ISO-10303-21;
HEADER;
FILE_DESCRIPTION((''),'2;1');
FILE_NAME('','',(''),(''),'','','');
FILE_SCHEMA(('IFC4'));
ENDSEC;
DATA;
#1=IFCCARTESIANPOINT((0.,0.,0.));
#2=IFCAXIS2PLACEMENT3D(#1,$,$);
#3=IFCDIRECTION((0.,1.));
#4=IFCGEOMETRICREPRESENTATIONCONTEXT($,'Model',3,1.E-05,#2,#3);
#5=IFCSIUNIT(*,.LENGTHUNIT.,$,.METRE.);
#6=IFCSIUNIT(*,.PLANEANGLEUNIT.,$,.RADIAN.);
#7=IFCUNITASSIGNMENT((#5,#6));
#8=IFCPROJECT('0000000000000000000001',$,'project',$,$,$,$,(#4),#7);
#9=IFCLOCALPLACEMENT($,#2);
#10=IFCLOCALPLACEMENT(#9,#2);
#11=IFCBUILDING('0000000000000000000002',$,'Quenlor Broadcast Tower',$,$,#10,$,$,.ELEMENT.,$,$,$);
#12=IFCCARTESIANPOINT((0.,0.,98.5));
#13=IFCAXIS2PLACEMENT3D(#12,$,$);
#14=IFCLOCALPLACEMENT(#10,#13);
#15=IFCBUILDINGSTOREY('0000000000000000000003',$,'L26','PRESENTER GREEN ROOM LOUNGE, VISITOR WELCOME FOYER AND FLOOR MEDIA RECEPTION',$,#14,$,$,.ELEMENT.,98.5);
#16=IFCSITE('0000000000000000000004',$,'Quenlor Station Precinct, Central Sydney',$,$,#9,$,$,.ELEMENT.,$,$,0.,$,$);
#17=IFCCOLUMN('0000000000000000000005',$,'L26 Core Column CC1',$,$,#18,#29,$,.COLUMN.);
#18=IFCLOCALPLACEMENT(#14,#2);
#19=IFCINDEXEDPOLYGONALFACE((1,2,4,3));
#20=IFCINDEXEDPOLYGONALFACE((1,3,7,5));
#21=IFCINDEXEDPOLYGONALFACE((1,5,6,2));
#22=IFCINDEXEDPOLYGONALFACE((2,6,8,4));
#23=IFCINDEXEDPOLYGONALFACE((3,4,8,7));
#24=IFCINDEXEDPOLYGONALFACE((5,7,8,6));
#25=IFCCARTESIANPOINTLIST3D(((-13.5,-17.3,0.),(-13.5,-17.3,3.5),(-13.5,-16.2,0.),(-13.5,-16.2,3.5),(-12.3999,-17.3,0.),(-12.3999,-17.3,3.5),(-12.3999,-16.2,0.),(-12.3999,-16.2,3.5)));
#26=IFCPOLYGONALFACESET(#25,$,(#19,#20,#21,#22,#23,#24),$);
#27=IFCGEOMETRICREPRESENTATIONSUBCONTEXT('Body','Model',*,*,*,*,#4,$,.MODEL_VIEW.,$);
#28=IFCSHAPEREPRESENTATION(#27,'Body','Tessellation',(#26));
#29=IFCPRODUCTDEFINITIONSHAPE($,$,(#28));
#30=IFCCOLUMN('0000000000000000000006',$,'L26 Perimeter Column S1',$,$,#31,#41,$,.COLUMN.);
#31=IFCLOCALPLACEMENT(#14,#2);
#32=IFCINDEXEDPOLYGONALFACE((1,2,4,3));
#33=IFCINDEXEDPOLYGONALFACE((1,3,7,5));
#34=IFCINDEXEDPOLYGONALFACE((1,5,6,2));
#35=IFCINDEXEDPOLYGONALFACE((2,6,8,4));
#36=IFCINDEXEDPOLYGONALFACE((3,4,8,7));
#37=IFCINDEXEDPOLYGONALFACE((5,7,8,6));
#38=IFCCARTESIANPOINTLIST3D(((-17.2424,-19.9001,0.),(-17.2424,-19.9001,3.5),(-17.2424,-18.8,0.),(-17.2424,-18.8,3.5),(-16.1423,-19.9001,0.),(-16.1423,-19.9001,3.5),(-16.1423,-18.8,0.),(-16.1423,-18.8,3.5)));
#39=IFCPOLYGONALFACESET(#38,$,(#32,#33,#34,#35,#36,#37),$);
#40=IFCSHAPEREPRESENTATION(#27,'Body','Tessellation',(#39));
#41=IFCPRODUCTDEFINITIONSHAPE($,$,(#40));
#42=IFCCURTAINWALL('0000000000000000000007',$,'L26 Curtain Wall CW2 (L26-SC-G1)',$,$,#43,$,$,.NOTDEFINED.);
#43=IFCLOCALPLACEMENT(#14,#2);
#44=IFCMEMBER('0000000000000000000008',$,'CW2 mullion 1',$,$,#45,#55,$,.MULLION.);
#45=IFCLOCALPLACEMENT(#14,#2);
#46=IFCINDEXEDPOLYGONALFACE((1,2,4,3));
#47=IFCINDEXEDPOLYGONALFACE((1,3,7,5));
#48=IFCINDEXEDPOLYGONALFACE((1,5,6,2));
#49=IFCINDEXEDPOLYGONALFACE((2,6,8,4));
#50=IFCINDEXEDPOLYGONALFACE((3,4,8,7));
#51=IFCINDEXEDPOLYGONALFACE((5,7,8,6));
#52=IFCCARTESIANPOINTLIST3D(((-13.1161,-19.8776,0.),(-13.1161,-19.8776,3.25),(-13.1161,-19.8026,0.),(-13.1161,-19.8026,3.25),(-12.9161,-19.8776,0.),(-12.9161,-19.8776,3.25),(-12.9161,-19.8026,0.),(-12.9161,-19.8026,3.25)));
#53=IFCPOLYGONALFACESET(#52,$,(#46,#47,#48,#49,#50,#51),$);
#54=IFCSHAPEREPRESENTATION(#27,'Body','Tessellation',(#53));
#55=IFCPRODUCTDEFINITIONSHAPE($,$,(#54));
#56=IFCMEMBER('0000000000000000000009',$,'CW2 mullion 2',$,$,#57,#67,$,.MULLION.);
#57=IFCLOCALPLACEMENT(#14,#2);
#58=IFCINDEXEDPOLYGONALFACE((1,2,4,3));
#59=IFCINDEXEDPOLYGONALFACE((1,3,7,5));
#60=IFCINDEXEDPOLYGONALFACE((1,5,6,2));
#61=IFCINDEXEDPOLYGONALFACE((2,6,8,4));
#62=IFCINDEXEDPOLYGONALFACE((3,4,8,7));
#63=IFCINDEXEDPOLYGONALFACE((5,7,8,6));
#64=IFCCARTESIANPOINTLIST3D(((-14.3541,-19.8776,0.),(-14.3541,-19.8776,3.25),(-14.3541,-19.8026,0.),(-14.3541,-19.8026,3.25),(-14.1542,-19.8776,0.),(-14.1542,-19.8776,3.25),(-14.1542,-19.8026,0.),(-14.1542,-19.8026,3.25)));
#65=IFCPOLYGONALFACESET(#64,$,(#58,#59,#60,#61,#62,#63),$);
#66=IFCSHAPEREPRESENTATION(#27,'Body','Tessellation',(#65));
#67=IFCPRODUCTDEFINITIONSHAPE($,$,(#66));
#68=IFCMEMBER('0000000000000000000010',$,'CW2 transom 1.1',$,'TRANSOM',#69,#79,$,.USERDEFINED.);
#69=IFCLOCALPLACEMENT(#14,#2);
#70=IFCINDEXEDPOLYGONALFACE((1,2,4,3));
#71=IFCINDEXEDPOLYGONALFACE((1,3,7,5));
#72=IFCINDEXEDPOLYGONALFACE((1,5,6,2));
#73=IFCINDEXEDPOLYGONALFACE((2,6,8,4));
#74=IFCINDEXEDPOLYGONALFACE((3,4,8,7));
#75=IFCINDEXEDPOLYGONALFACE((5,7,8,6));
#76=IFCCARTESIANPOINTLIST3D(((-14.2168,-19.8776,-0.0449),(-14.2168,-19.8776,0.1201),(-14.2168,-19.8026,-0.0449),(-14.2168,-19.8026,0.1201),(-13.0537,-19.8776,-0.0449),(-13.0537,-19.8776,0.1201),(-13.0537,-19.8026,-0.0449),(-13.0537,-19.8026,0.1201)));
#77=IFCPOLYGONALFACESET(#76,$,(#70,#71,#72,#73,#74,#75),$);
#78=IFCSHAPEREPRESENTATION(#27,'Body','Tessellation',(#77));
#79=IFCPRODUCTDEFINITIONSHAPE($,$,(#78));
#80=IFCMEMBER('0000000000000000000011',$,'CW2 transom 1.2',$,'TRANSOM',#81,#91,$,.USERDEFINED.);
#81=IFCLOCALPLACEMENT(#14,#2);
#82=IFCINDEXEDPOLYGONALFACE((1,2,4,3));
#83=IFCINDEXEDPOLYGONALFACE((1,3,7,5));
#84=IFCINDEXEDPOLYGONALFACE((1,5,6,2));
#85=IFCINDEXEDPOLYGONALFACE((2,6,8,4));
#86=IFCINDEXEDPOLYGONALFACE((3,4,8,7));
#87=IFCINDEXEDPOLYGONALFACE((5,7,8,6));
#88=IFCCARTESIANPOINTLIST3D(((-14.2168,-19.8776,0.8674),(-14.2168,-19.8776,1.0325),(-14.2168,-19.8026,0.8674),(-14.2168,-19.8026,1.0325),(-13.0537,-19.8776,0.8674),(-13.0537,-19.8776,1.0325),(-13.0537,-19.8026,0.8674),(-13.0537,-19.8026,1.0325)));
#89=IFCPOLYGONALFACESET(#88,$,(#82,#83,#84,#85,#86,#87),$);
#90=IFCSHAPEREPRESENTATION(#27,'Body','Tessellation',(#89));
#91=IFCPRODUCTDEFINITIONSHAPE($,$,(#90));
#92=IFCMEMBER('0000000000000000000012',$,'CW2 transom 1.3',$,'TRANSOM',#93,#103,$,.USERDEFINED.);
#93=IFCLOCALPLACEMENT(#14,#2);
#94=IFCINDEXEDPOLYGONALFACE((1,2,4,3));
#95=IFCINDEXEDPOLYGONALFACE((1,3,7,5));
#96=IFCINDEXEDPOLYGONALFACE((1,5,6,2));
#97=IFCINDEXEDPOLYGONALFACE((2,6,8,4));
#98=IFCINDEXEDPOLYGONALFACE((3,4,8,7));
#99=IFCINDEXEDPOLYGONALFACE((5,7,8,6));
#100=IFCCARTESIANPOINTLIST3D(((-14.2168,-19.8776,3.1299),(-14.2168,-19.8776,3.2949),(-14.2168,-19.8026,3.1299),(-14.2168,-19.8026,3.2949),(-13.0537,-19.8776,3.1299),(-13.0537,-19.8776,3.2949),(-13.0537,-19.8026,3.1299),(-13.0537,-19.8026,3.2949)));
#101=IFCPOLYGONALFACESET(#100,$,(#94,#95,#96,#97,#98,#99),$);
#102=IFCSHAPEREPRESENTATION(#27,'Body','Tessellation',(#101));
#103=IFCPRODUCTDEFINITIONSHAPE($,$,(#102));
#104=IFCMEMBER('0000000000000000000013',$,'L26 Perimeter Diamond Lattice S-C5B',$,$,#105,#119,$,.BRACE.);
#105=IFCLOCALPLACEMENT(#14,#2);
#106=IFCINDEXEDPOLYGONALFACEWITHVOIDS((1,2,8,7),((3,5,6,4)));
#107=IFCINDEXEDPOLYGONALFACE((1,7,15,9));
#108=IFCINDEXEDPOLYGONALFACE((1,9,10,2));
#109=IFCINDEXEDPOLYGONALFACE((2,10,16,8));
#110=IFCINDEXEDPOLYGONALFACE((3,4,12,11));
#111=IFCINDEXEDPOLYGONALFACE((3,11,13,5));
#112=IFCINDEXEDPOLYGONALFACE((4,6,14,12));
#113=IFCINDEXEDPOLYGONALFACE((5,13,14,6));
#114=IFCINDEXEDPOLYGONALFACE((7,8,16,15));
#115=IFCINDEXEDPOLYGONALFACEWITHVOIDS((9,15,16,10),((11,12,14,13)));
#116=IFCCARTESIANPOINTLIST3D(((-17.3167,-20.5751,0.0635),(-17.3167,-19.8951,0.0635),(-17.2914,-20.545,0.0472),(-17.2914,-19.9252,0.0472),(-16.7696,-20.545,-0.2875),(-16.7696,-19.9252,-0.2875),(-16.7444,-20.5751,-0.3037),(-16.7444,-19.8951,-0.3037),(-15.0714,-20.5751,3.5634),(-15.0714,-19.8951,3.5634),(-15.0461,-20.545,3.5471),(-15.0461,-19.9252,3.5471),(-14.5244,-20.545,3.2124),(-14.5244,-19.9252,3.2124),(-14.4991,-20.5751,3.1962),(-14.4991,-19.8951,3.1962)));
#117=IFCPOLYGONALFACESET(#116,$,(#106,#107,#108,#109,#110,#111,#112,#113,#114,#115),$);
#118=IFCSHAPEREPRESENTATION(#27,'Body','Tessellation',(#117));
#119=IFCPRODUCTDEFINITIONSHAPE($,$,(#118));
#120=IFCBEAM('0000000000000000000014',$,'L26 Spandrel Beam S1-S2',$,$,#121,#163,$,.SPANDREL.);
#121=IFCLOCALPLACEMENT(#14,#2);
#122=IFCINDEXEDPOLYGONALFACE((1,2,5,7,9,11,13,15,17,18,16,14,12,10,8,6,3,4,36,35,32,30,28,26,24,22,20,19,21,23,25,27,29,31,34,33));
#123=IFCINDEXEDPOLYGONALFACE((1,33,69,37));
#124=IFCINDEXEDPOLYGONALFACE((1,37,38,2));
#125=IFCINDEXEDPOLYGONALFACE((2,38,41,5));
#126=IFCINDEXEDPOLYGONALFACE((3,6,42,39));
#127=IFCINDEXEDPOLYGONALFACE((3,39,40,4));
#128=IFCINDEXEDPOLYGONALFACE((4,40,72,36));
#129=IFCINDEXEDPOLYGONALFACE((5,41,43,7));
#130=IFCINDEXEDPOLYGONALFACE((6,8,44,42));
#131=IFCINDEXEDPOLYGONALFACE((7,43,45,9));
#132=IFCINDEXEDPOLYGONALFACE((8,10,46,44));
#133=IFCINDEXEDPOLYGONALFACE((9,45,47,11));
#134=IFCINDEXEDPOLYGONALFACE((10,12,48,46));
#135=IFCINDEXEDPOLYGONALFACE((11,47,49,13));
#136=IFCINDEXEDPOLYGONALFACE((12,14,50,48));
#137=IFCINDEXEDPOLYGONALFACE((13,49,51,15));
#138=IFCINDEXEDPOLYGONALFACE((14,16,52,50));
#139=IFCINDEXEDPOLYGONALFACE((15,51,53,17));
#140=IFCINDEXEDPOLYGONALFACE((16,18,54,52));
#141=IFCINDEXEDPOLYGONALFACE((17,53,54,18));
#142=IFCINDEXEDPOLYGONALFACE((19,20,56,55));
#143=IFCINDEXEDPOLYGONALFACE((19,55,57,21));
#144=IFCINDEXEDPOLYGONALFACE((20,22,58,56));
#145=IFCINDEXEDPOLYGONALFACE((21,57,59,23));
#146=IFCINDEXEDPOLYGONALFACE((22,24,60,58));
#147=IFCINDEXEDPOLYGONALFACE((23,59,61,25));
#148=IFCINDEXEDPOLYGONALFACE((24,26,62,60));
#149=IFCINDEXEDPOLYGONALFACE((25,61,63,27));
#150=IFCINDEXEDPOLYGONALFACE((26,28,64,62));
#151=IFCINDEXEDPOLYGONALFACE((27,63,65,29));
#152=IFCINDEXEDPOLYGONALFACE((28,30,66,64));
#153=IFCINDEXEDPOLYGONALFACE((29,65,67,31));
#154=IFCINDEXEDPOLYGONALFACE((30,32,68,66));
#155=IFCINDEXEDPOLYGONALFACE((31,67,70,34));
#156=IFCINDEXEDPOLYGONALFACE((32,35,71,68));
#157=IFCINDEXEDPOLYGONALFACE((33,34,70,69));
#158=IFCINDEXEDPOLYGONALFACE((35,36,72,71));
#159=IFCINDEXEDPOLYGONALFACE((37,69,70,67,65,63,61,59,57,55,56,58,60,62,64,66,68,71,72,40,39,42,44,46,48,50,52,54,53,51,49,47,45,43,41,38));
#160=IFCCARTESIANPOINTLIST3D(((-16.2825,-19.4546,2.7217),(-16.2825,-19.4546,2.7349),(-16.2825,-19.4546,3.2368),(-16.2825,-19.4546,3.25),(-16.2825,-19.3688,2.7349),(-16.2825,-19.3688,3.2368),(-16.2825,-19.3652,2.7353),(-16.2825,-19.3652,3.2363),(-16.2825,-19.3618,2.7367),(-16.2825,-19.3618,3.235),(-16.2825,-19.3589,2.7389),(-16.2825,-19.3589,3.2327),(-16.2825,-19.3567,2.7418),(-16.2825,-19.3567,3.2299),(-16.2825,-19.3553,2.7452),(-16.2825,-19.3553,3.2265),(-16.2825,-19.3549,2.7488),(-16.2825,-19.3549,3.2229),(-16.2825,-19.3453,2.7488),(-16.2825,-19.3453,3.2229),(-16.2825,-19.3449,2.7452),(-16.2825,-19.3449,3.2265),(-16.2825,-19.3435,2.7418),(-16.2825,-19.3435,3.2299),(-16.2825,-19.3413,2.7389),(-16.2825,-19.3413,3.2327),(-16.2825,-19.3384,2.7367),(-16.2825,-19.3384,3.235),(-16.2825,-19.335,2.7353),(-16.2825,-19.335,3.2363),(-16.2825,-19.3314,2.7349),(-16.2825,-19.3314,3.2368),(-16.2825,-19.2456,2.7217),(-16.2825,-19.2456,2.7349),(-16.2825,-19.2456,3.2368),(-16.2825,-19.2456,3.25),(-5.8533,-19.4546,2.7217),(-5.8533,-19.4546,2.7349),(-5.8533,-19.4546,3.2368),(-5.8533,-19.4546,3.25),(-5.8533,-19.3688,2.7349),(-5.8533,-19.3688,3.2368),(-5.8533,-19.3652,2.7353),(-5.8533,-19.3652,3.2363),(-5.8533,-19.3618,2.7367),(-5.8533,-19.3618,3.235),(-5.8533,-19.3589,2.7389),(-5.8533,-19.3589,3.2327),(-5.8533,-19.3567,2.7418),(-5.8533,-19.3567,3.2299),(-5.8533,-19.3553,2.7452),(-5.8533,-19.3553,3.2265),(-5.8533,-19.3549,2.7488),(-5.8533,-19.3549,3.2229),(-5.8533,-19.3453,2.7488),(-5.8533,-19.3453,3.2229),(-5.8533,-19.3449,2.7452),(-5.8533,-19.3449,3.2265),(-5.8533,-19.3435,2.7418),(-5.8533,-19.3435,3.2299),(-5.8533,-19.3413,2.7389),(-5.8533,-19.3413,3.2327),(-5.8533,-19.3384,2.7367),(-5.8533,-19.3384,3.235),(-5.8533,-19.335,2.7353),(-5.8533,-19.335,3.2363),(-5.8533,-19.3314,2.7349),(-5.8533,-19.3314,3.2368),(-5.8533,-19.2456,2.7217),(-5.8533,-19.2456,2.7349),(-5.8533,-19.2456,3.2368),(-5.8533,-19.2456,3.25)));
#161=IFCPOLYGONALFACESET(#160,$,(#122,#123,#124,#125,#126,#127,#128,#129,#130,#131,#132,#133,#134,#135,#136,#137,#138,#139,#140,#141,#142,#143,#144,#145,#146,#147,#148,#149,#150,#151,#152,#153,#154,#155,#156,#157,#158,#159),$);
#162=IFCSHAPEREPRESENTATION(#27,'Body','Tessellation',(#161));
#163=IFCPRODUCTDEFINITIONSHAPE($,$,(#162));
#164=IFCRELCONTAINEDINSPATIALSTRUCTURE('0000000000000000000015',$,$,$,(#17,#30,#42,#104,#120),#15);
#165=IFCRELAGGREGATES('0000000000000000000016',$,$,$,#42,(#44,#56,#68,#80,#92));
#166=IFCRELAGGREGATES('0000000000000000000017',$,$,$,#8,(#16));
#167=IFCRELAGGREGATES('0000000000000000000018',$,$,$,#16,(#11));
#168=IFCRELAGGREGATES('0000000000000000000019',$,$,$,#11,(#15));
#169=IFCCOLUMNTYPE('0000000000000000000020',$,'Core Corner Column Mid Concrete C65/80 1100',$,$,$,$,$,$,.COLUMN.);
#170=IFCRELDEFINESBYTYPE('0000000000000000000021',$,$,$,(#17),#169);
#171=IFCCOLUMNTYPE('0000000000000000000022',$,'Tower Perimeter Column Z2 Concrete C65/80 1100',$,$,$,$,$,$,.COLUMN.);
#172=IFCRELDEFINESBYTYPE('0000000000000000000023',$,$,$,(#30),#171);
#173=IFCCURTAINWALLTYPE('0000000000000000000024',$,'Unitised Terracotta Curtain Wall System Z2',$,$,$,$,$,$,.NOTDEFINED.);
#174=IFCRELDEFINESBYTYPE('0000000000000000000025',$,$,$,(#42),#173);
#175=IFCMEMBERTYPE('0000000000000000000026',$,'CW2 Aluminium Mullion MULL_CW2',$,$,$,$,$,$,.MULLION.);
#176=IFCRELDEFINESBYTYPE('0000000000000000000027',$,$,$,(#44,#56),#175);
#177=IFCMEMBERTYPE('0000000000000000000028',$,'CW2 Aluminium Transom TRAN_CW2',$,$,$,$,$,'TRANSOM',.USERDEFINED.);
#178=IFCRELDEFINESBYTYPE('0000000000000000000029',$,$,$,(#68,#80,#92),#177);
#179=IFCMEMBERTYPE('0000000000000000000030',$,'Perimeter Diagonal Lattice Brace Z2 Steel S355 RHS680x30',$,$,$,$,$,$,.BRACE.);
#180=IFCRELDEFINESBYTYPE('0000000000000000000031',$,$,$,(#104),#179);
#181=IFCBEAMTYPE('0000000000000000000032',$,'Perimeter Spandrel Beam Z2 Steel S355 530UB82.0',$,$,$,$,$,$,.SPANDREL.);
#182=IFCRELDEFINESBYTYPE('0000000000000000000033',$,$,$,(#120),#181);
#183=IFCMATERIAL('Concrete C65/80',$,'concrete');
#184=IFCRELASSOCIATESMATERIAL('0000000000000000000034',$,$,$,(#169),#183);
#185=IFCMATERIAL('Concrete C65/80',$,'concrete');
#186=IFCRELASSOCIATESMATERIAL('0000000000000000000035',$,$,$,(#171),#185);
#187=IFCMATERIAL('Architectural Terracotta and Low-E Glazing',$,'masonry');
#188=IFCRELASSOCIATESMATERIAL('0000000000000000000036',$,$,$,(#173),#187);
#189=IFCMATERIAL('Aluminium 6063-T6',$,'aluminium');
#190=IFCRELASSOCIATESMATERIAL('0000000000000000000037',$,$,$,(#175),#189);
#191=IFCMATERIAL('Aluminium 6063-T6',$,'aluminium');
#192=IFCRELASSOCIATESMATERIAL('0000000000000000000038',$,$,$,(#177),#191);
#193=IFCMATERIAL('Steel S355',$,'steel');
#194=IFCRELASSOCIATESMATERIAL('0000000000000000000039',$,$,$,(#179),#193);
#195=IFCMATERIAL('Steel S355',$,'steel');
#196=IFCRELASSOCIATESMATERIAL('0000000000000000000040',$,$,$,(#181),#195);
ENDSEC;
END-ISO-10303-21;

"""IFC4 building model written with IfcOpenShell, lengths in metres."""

from ifc_helpers import new_model, si_unit, direction, frame, origin, origin_2d, place, context, subcontext, project, spatial, rectangle, hollow_rectangle, i_section, extrude, material, material_profile, profile_set, type_object, element, aggregate, save


model = new_model("IFC4")

# Units and contexts
model_context = context("Model", 3, precision=1e-05, world=origin(), true_north=direction((0.0, 1.0)))
body_context = subcontext(model_context, "Body", "Model", "MODEL_VIEW")
ifc_project = project(units=[si_unit("LENGTHUNIT", "METRE"), si_unit("PLANEANGLEUNIT", "RADIAN")], contexts=[model_context])

# Site, building, storey
site_placement = place(None, origin())
site = spatial("IfcSite", under=ifc_project, at=site_placement, Name="Quenlor Station Precinct, Central Sydney", CompositionType="ELEMENT", RefElevation=0.0)
building_placement = place(site_placement, origin())
building = spatial("IfcBuilding", under=site, at=building_placement, Name="Quenlor Broadcast Tower", CompositionType="ELEMENT")
storey_placement = place(building_placement, frame((0.0, 0.0, 98.5)))
storey = spatial("IfcBuildingStorey", under=building, at=storey_placement, Name="L26", Description="PRESENTER GREEN ROOM LOUNGE, VISITOR WELCOME FOYER AND FLOOR MEDIA RECEPTION", CompositionType="ELEMENT", Elevation=98.5)

# Columns
ifc_material_1 = material(Name="Concrete C65/80", Category="concrete")
ifc_material_profile_1 = material_profile(ifc_material_1, rectangle(XDim=1.1001, YDim=1.1001, at=origin_2d()))
ifc_profile_set_1 = profile_set([ifc_material_profile_1], Name="Concrete C65/80 RC1100x1100")
column_type_1 = type_object("IfcColumnType", Name="Core Corner Column Mid Concrete C65/80 1100", PredefinedType="COLUMN", material=ifc_profile_set_1)
column_1_placement = place(storey_placement, frame((-12.95, -16.75, 0.0), z_axis=(0.0, 0.0, 1.0), x_axis=(1.0, 0.0, 0.0)))
element("IfcColumn", 1, at=column_1_placement, inside=storey, type_object=column_type_1, Name="L26 Core Column CC1", PredefinedType="COLUMN", context=body_context, shape_type="SweptSolid", body=[
    extrude(rectangle(XDim=1.1001, YDim=1.1001, at=origin_2d()), origin(), (0.0, 0.0, 1.0), 3.5),
])
ifc_material_2 = material(Name="Concrete C65/80", Category="concrete")
ifc_material_profile_2 = material_profile(ifc_material_2, rectangle(XDim=1.1001, YDim=1.1001, at=origin_2d()))
ifc_profile_set_2 = profile_set([ifc_material_profile_2], Name="Concrete C65/80 RC1100x1100")
column_type_2 = type_object("IfcColumnType", Name="Tower Perimeter Column Z2 Concrete C65/80 1100", PredefinedType="COLUMN", material=ifc_profile_set_2)
column_2_placement = place(storey_placement, frame((-16.6924, -19.3501, 0.0), z_axis=(0.0, 0.0, 1.0), x_axis=(0.0, 1.0, 0.0)))
element("IfcColumn", 2, at=column_2_placement, inside=storey, type_object=column_type_2, Name="L26 Perimeter Column S1", PredefinedType="COLUMN", context=body_context, shape_type="SweptSolid", body=[
    extrude(rectangle(XDim=1.1001, YDim=1.1001, at=origin_2d()), origin(), (0.0, 0.0, 1.0), 3.5),
])

# Curtain wall, members
ifc_material_3 = material(Name="Architectural Terracotta and Low-E Glazing", Category="masonry")
curtain_wall_type = type_object("IfcCurtainWallType", Name="Unitised Terracotta Curtain Wall System Z2", PredefinedType="NOTDEFINED", material=ifc_material_3)
curtain_wall_placement = place(storey_placement, origin())
curtain_wall = element("IfcCurtainWall", 3, at=curtain_wall_placement, inside=storey, type_object=curtain_wall_type, Name="L26 Curtain Wall CW2 (L26-SC-G1)", PredefinedType="NOTDEFINED")
ifc_material_4 = material(Name="Aluminium 6063-T6", Category="aluminium")
ifc_material_profile_3 = material_profile(ifc_material_4, rectangle(XDim=0.075, YDim=0.2, at=origin_2d()))
ifc_profile_set_3 = profile_set([ifc_material_profile_3], Name="Aluminium 6063-T6 MULL75x200")
member_type_1 = type_object("IfcMemberType", Name="CW2 Aluminium Mullion MULL_CW2", PredefinedType="MULLION", material=ifc_profile_set_3)
member_1_placement = place(storey_placement, frame((-13.0161, -19.8401, 0.0), z_axis=(0.0, 0.0, 1.0), x_axis=(0.0, -1.0, 0.0)))
member_1 = element("IfcMember", 4, at=member_1_placement, type_object=member_type_1, Name="CW2 mullion 1", PredefinedType="MULLION", context=body_context, shape_type="SweptSolid", body=[
    extrude(rectangle(XDim=0.075, YDim=0.2, at=origin_2d()), origin(), (0.0, 0.0, 1.0), 3.25),
])
member_2_placement = place(storey_placement, frame((-14.2542, -19.8401, 0.0), z_axis=(0.0, 0.0, 1.0), x_axis=(0.0, -1.0, 0.0)))
member_2 = element("IfcMember", 5, at=member_2_placement, type_object=member_type_1, Name="CW2 mullion 2", PredefinedType="MULLION", context=body_context, shape_type="SweptSolid", body=[
    extrude(rectangle(XDim=0.075, YDim=0.2, at=origin_2d()), origin(), (0.0, 0.0, 1.0), 3.25),
])
ifc_material_5 = material(Name="Aluminium 6063-T6", Category="aluminium")
ifc_material_profile_4 = material_profile(ifc_material_5, rectangle(XDim=0.075, YDim=0.165, at=origin_2d()))
ifc_profile_set_4 = profile_set([ifc_material_profile_4], Name="Aluminium 6063-T6 TRAN75x165")
member_type_2 = type_object("IfcMemberType", Name="CW2 Aluminium Transom TRAN_CW2", ElementType="TRANSOM", PredefinedType="USERDEFINED", material=ifc_profile_set_4)
member_3_placement = place(storey_placement, frame((-13.0537, -19.8401, 0.0376), z_axis=(-1.0, 0.0, 0.0), x_axis=(0.0, -1.0, 0.0)))
member_3 = element("IfcMember", 6, at=member_3_placement, type_object=member_type_2, Name="CW2 transom 1.1", ObjectType="TRANSOM", PredefinedType="USERDEFINED", context=body_context, shape_type="SweptSolid", body=[
    extrude(rectangle(XDim=0.075, YDim=0.165, at=origin_2d()), origin(), (0.0, 0.0, 1.0), 1.1631),
])
member_4_placement = place(storey_placement, frame((-13.0537, -19.8401, 0.95), z_axis=(-1.0, 0.0, 0.0), x_axis=(0.0, -1.0, 0.0)))
member_4 = element("IfcMember", 7, at=member_4_placement, type_object=member_type_2, Name="CW2 transom 1.2", ObjectType="TRANSOM", PredefinedType="USERDEFINED", context=body_context, shape_type="SweptSolid", body=[
    extrude(rectangle(XDim=0.075, YDim=0.165, at=origin_2d()), origin(), (0.0, 0.0, 1.0), 1.1631),
])
member_5_placement = place(storey_placement, frame((-13.0537, -19.8401, 3.2124), z_axis=(-1.0, 0.0, 0.0), x_axis=(0.0, -1.0, 0.0)))
member_5 = element("IfcMember", 8, at=member_5_placement, type_object=member_type_2, Name="CW2 transom 1.3", ObjectType="TRANSOM", PredefinedType="USERDEFINED", context=body_context, shape_type="SweptSolid", body=[
    extrude(rectangle(XDim=0.075, YDim=0.165, at=origin_2d()), origin(), (0.0, 0.0, 1.0), 1.1631),
])

# Member
ifc_material_6 = material(Name="Steel S355", Category="steel")
ifc_material_profile_5 = material_profile(ifc_material_6, hollow_rectangle(XDim=0.6799, YDim=0.6799, WallThickness=0.03, at=origin_2d()))
ifc_profile_set_5 = profile_set([ifc_material_profile_5], Name="Steel S355 RHS680x680x30")
member_type_3 = type_object("IfcMemberType", Name="Perimeter Diagonal Lattice Brace Z2 Steel S355 RHS680x30", PredefinedType="BRACE", material=ifc_profile_set_5)
member_6_placement = place(storey_placement, frame((-17.0305, -20.2351, -0.1201), z_axis=(0.539968, 0.0, 0.841686), x_axis=(0.0, 1.0, 0.0)))
element("IfcMember", 9, at=member_6_placement, inside=storey, type_object=member_type_3, Name="L26 Perimeter Diamond Lattice S-C5B", PredefinedType="BRACE", context=body_context, shape_type="SweptSolid", body=[
    extrude(hollow_rectangle(XDim=0.6799, YDim=0.6799, WallThickness=0.03, at=origin_2d()), origin(), (0.0, 0.0, 1.0), 4.1582),
])

# Beam
ifc_material_7 = material(Name="Steel S355", Category="steel")
ifc_material_profile_6 = material_profile(ifc_material_7, i_section(OverallWidth=0.209, OverallDepth=0.5283, WebThickness=0.0095, FlangeThickness=0.0132, FilletRadius=0.0139, at=origin_2d()))
ifc_profile_set_6 = profile_set([ifc_material_profile_6], Name="Steel S355 530UB82.0")
beam_type_1 = type_object("IfcBeamType", Name="Perimeter Spandrel Beam Z2 Steel S355 530UB82.0", PredefinedType="SPANDREL", material=ifc_profile_set_6)
beam_1_placement = place(storey_placement, frame((-16.2825, -19.3501, 2.9858), z_axis=(1.0, 0.0, 0.0), x_axis=(0.0, 1.0, 0.0)))
element("IfcBeam", 10, at=beam_1_placement, inside=storey, type_object=beam_type_1, Name="L26 Spandrel Beam S1-S2", PredefinedType="SPANDREL", context=body_context, shape_type="SweptSolid", body=[
    extrude(i_section(OverallWidth=0.209, OverallDepth=0.5283, WebThickness=0.0095, FlangeThickness=0.0132, FilletRadius=0.0139, at=origin_2d()), origin(), (0.0, 0.0, 1.0), 10.4292),
])

aggregate(curtain_wall, [member_1, member_2, member_3, member_4, member_5])

save(model, "model.ifc")
